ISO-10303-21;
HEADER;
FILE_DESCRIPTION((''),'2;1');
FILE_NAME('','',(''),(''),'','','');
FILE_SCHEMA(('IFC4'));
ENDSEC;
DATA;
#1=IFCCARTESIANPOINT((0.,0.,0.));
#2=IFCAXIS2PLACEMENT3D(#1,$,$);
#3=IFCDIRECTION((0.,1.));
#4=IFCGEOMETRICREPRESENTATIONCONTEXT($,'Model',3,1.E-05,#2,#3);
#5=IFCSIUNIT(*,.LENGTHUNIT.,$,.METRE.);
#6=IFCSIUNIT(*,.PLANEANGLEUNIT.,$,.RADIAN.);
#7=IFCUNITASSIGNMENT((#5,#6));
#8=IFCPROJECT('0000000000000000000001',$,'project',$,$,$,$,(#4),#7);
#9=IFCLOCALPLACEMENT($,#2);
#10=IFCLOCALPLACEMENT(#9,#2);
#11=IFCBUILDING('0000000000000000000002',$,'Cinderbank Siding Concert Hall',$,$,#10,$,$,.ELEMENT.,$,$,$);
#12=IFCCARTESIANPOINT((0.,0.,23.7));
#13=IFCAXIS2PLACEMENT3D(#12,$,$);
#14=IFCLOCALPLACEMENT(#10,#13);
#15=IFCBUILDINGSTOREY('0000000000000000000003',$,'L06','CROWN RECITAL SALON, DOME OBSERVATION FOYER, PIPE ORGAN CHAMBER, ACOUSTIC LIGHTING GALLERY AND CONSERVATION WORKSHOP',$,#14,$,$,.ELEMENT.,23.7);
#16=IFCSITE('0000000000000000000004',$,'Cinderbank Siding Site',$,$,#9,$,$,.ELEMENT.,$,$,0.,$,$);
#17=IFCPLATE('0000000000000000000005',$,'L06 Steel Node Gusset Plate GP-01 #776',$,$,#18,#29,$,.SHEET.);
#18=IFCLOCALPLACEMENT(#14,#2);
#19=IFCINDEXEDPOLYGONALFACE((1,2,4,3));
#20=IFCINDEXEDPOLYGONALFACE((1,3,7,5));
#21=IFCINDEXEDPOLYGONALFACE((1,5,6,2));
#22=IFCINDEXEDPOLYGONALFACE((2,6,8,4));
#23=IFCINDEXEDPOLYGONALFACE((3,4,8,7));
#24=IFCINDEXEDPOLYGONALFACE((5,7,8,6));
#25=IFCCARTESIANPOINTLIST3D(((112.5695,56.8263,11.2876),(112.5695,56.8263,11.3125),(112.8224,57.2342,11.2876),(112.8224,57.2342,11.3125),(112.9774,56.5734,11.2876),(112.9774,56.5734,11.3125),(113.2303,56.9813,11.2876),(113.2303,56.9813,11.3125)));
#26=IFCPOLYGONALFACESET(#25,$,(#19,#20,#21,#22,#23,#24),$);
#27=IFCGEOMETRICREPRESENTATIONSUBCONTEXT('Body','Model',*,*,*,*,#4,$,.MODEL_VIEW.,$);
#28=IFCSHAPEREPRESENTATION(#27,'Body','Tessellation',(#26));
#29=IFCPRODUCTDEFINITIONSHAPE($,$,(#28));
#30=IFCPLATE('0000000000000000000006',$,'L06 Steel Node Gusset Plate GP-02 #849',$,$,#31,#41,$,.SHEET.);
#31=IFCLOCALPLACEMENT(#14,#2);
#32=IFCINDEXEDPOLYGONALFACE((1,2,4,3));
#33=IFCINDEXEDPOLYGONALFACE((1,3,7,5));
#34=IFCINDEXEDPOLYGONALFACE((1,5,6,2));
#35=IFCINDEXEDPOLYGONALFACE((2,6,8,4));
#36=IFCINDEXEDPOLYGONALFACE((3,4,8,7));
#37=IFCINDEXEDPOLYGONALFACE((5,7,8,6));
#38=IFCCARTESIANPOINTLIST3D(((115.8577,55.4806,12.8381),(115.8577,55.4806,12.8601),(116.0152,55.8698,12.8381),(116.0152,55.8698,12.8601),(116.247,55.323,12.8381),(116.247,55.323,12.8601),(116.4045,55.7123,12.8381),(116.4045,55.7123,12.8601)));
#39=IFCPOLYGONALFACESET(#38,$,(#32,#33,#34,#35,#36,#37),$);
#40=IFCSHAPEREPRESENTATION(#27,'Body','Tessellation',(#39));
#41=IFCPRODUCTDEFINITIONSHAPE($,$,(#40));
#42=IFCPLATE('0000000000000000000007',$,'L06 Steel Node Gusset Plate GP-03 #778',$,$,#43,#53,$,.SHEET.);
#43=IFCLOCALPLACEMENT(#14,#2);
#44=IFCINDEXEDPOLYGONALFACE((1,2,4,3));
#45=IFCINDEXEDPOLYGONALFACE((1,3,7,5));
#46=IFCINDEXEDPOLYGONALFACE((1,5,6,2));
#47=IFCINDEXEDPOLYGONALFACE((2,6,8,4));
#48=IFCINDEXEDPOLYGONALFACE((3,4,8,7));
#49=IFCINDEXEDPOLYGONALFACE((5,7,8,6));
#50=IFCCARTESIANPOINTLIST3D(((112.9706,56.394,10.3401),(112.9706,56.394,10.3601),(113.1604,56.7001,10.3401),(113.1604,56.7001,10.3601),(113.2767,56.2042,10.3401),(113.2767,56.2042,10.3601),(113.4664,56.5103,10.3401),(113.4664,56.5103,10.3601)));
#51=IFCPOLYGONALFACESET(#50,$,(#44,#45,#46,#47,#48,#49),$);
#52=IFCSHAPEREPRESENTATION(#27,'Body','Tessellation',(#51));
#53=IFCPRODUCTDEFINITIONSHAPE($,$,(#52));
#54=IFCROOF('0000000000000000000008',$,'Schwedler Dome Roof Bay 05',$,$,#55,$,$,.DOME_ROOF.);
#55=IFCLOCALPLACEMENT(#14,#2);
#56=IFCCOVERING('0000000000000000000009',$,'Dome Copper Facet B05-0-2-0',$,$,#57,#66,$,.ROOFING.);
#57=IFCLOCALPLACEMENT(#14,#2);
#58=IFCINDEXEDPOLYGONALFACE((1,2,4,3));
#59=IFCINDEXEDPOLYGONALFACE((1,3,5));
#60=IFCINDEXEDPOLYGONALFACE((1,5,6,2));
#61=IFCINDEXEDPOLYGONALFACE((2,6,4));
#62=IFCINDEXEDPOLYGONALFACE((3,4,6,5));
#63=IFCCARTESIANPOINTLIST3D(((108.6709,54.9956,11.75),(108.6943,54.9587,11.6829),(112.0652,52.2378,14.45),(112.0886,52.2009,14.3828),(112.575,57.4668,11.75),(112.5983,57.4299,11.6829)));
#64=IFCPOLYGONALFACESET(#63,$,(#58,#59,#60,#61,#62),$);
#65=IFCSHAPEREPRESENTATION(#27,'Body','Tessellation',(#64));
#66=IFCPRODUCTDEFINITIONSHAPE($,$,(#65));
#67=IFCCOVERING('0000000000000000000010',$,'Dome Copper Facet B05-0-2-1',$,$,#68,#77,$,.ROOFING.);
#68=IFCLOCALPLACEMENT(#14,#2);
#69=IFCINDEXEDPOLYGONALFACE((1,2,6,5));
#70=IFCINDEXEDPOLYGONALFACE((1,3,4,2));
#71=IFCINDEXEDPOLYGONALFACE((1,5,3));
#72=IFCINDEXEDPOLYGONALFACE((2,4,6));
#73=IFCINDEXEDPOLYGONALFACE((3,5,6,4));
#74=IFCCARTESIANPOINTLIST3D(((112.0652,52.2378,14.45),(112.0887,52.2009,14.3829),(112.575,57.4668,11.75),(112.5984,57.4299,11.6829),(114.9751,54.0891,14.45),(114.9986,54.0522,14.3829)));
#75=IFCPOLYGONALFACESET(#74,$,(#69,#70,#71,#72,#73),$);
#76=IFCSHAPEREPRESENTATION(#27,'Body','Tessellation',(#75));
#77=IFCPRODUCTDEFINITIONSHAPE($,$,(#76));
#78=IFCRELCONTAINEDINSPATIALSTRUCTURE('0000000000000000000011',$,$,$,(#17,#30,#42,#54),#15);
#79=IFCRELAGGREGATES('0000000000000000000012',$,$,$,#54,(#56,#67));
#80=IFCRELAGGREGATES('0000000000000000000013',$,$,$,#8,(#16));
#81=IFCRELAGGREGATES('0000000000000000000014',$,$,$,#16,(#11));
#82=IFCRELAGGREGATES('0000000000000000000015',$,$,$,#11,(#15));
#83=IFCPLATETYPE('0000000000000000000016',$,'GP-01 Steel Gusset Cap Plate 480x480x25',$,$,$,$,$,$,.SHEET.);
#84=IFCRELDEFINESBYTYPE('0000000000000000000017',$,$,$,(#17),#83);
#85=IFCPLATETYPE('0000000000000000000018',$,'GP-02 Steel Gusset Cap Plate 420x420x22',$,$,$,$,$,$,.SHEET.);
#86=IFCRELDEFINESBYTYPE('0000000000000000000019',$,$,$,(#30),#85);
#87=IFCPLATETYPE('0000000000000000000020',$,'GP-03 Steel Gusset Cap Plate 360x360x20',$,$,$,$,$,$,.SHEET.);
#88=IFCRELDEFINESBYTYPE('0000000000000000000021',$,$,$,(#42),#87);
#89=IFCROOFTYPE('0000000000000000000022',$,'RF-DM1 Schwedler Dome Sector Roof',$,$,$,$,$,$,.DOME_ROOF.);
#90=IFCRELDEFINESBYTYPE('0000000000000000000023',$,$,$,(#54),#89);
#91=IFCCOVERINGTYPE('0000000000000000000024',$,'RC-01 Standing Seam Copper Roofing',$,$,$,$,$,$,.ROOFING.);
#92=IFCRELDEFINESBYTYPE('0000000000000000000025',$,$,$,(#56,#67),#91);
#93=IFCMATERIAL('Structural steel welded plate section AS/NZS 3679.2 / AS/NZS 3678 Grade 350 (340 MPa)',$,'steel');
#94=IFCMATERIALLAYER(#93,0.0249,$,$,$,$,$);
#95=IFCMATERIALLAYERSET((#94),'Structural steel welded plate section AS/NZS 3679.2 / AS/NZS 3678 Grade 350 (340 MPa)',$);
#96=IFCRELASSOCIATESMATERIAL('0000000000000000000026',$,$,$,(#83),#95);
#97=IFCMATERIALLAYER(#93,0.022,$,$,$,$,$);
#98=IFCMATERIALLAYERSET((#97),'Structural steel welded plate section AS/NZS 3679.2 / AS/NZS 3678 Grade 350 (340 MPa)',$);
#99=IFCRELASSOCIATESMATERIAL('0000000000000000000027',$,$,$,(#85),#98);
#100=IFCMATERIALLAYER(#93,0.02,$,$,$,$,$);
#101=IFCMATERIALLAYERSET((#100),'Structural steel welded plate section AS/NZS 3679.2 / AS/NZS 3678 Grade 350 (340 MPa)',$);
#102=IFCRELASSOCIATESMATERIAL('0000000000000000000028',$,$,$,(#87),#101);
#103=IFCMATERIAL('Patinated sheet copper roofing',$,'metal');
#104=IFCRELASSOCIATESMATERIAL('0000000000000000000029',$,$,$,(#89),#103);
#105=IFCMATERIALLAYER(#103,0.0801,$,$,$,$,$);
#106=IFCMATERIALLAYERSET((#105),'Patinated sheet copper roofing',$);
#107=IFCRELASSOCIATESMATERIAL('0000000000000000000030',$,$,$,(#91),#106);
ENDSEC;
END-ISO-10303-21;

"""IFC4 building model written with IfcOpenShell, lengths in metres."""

from ifc_helpers import new_model, si_unit, direction, frame, origin, origin_2d, place, context, subcontext, project, spatial, polyline, rectangle, outline, extrude, material, layer, layer_set, type_object, element, aggregate, save


model = new_model("IFC4")

# Units and contexts
model_context = context("Model", 3, precision=1e-05, world=origin(), true_north=direction((0.0, 1.0)))
body_context = subcontext(model_context, "Body", "Model", "MODEL_VIEW")
ifc_project = project(units=[si_unit("LENGTHUNIT", "METRE"), si_unit("PLANEANGLEUNIT", "RADIAN")], contexts=[model_context])

# Site, building, storey
site_placement = place(None, origin())
site = spatial("IfcSite", under=ifc_project, at=site_placement, Name="Cinderbank Siding Site", CompositionType="ELEMENT", RefElevation=0.0)
building_placement = place(site_placement, origin())
building = spatial("IfcBuilding", under=site, at=building_placement, Name="Cinderbank Siding Concert Hall", CompositionType="ELEMENT")
storey_placement = place(building_placement, frame((0.0, 0.0, 23.7)))
storey = spatial("IfcBuildingStorey", under=building, at=storey_placement, Name="L06", Description="CROWN RECITAL SALON, DOME OBSERVATION FOYER, PIPE ORGAN CHAMBER, ACOUSTIC LIGHTING GALLERY AND CONSERVATION WORKSHOP", CompositionType="ELEMENT", Elevation=23.7)

# Plates
ifc_material_1 = material(Name="Structural steel welded plate section AS/NZS 3679.2 / AS/NZS 3678 Grade 350 (340 MPa)", Category="steel")
ifc_layer_1 = layer(ifc_material_1, 0.0249)
ifc_layer_set_1 = layer_set([ifc_layer_1], Name="Structural steel welded plate section AS/NZS 3679.2 / AS/NZS 3678 Grade 350 (340 MPa)")
plate_type_1 = type_object("IfcPlateType", Name="GP-01 Steel Gusset Cap Plate 480x480x25", PredefinedType="SHEET", material=ifc_layer_set_1)
plate_1_placement = place(storey_placement, frame((112.8999, 56.9038, 11.2876), z_axis=(0.0, 0.0, 1.0), x_axis=(-0.526956, -0.849893, 0.0)))
element("IfcPlate", 1, at=plate_1_placement, inside=storey, type_object=plate_type_1, Name="L06 Steel Node Gusset Plate GP-01 #776", PredefinedType="SHEET", context=body_context, shape_type="SweptSolid", body=[
    extrude(rectangle(XDim=0.48, YDim=0.48, at=origin_2d()), origin(), (0.0, 0.0, 1.0), 0.0249),
])
ifc_layer_2 = layer(ifc_material_1, 0.022)
ifc_layer_set_2 = layer_set([ifc_layer_2], Name="Structural steel welded plate section AS/NZS 3679.2 / AS/NZS 3678 Grade 350 (340 MPa)")
plate_type_2 = type_object("IfcPlateType", Name="GP-02 Steel Gusset Cap Plate 420x420x22", PredefinedType="SHEET", material=ifc_layer_set_2)
plate_2_placement = place(storey_placement, frame((116.1311, 55.5964, 12.8381), z_axis=(0.0, 0.0, 1.0), x_axis=(0.926988, -0.375092, 0.0)))
element("IfcPlate", 2, at=plate_2_placement, inside=storey, type_object=plate_type_2, Name="L06 Steel Node Gusset Plate GP-02 #849", PredefinedType="SHEET", context=body_context, shape_type="SweptSolid", body=[
    extrude(rectangle(XDim=0.4199, YDim=0.4199, at=origin_2d()), origin(), (0.0, 0.0, 1.0), 0.022),
])
ifc_layer_3 = layer(ifc_material_1, 0.02)
ifc_layer_set_3 = layer_set([ifc_layer_3], Name="Structural steel welded plate section AS/NZS 3679.2 / AS/NZS 3678 Grade 350 (340 MPa)")
plate_type_3 = type_object("IfcPlateType", Name="GP-03 Steel Gusset Cap Plate 360x360x20", PredefinedType="SHEET", material=ifc_layer_set_3)
plate_3_placement = place(storey_placement, frame((113.2185, 56.4521, 10.3401), z_axis=(0.0, 0.0, 1.0), x_axis=(-0.526956, -0.849893, 0.0)))
element("IfcPlate", 3, at=plate_3_placement, inside=storey, type_object=plate_type_3, Name="L06 Steel Node Gusset Plate GP-03 #778", PredefinedType="SHEET", context=body_context, shape_type="SweptSolid", body=[
    extrude(rectangle(XDim=0.3601, YDim=0.3601, at=origin_2d()), origin(), (0.0, 0.0, 1.0), 0.02),
])

# Roof, coverings
ifc_material_2 = material(Name="Patinated sheet copper roofing", Category="metal")
roof_type = type_object("IfcRoofType", Name="RF-DM1 Schwedler Dome Sector Roof", PredefinedType="DOME_ROOF", material=ifc_material_2)
roof_placement = place(storey_placement, origin())
roof = element("IfcRoof", 4, at=roof_placement, inside=storey, type_object=roof_type, Name="Schwedler Dome Roof Bay 05", PredefinedType="DOME_ROOF")
ifc_layer_4 = layer(ifc_material_2, 0.0801)
ifc_layer_set_4 = layer_set([ifc_layer_4], Name="Patinated sheet copper roofing")
covering_type = type_object("IfcCoveringType", Name="RC-01 Standing Seam Copper Roofing", PredefinedType="ROOFING", material=ifc_layer_set_4)
covering_1_placement = place(storey_placement, frame((112.575, 57.4668, 11.75), z_axis=(-0.291884, 0.461126, 0.837954), x_axis=(-0.844954, -0.53484, 0.0)))
covering_1 = element("IfcCovering", 5, at=covering_1_placement, type_object=covering_type, Name="Dome Copper Facet B05-0-2-0", PredefinedType="ROOFING", context=body_context, shape_type="SweptSolid", body=[
    extrude(outline(polyline([(0.0, 0.0), (4.6204, 0.0), (3.2274, 4.9473), (0.0, 0.0)])), origin(), (0.0, 0.0, -1.0), 0.0801),
])
covering_2_placement = place(storey_placement, frame((112.575, 57.4668, 11.75), z_axis=(-0.293314, 0.461033, 0.837505), x_axis=(-0.086299, -0.885229, 0.45708)))
covering_2 = element("IfcCovering", 6, at=covering_2_placement, type_object=covering_type, Name="Dome Copper Facet B05-0-2-1", PredefinedType="ROOFING", context=body_context, shape_type="SweptSolid", body=[
    extrude(outline(polyline([(0.0, 0.0), (5.907, 0.0), (4.017, 2.885), (0.0, 0.0)])), origin(), (0.0, 0.0, -1.0), 0.0801),
])
aggregate(roof, [covering_1, covering_2])

save(model, "model.ifc")
